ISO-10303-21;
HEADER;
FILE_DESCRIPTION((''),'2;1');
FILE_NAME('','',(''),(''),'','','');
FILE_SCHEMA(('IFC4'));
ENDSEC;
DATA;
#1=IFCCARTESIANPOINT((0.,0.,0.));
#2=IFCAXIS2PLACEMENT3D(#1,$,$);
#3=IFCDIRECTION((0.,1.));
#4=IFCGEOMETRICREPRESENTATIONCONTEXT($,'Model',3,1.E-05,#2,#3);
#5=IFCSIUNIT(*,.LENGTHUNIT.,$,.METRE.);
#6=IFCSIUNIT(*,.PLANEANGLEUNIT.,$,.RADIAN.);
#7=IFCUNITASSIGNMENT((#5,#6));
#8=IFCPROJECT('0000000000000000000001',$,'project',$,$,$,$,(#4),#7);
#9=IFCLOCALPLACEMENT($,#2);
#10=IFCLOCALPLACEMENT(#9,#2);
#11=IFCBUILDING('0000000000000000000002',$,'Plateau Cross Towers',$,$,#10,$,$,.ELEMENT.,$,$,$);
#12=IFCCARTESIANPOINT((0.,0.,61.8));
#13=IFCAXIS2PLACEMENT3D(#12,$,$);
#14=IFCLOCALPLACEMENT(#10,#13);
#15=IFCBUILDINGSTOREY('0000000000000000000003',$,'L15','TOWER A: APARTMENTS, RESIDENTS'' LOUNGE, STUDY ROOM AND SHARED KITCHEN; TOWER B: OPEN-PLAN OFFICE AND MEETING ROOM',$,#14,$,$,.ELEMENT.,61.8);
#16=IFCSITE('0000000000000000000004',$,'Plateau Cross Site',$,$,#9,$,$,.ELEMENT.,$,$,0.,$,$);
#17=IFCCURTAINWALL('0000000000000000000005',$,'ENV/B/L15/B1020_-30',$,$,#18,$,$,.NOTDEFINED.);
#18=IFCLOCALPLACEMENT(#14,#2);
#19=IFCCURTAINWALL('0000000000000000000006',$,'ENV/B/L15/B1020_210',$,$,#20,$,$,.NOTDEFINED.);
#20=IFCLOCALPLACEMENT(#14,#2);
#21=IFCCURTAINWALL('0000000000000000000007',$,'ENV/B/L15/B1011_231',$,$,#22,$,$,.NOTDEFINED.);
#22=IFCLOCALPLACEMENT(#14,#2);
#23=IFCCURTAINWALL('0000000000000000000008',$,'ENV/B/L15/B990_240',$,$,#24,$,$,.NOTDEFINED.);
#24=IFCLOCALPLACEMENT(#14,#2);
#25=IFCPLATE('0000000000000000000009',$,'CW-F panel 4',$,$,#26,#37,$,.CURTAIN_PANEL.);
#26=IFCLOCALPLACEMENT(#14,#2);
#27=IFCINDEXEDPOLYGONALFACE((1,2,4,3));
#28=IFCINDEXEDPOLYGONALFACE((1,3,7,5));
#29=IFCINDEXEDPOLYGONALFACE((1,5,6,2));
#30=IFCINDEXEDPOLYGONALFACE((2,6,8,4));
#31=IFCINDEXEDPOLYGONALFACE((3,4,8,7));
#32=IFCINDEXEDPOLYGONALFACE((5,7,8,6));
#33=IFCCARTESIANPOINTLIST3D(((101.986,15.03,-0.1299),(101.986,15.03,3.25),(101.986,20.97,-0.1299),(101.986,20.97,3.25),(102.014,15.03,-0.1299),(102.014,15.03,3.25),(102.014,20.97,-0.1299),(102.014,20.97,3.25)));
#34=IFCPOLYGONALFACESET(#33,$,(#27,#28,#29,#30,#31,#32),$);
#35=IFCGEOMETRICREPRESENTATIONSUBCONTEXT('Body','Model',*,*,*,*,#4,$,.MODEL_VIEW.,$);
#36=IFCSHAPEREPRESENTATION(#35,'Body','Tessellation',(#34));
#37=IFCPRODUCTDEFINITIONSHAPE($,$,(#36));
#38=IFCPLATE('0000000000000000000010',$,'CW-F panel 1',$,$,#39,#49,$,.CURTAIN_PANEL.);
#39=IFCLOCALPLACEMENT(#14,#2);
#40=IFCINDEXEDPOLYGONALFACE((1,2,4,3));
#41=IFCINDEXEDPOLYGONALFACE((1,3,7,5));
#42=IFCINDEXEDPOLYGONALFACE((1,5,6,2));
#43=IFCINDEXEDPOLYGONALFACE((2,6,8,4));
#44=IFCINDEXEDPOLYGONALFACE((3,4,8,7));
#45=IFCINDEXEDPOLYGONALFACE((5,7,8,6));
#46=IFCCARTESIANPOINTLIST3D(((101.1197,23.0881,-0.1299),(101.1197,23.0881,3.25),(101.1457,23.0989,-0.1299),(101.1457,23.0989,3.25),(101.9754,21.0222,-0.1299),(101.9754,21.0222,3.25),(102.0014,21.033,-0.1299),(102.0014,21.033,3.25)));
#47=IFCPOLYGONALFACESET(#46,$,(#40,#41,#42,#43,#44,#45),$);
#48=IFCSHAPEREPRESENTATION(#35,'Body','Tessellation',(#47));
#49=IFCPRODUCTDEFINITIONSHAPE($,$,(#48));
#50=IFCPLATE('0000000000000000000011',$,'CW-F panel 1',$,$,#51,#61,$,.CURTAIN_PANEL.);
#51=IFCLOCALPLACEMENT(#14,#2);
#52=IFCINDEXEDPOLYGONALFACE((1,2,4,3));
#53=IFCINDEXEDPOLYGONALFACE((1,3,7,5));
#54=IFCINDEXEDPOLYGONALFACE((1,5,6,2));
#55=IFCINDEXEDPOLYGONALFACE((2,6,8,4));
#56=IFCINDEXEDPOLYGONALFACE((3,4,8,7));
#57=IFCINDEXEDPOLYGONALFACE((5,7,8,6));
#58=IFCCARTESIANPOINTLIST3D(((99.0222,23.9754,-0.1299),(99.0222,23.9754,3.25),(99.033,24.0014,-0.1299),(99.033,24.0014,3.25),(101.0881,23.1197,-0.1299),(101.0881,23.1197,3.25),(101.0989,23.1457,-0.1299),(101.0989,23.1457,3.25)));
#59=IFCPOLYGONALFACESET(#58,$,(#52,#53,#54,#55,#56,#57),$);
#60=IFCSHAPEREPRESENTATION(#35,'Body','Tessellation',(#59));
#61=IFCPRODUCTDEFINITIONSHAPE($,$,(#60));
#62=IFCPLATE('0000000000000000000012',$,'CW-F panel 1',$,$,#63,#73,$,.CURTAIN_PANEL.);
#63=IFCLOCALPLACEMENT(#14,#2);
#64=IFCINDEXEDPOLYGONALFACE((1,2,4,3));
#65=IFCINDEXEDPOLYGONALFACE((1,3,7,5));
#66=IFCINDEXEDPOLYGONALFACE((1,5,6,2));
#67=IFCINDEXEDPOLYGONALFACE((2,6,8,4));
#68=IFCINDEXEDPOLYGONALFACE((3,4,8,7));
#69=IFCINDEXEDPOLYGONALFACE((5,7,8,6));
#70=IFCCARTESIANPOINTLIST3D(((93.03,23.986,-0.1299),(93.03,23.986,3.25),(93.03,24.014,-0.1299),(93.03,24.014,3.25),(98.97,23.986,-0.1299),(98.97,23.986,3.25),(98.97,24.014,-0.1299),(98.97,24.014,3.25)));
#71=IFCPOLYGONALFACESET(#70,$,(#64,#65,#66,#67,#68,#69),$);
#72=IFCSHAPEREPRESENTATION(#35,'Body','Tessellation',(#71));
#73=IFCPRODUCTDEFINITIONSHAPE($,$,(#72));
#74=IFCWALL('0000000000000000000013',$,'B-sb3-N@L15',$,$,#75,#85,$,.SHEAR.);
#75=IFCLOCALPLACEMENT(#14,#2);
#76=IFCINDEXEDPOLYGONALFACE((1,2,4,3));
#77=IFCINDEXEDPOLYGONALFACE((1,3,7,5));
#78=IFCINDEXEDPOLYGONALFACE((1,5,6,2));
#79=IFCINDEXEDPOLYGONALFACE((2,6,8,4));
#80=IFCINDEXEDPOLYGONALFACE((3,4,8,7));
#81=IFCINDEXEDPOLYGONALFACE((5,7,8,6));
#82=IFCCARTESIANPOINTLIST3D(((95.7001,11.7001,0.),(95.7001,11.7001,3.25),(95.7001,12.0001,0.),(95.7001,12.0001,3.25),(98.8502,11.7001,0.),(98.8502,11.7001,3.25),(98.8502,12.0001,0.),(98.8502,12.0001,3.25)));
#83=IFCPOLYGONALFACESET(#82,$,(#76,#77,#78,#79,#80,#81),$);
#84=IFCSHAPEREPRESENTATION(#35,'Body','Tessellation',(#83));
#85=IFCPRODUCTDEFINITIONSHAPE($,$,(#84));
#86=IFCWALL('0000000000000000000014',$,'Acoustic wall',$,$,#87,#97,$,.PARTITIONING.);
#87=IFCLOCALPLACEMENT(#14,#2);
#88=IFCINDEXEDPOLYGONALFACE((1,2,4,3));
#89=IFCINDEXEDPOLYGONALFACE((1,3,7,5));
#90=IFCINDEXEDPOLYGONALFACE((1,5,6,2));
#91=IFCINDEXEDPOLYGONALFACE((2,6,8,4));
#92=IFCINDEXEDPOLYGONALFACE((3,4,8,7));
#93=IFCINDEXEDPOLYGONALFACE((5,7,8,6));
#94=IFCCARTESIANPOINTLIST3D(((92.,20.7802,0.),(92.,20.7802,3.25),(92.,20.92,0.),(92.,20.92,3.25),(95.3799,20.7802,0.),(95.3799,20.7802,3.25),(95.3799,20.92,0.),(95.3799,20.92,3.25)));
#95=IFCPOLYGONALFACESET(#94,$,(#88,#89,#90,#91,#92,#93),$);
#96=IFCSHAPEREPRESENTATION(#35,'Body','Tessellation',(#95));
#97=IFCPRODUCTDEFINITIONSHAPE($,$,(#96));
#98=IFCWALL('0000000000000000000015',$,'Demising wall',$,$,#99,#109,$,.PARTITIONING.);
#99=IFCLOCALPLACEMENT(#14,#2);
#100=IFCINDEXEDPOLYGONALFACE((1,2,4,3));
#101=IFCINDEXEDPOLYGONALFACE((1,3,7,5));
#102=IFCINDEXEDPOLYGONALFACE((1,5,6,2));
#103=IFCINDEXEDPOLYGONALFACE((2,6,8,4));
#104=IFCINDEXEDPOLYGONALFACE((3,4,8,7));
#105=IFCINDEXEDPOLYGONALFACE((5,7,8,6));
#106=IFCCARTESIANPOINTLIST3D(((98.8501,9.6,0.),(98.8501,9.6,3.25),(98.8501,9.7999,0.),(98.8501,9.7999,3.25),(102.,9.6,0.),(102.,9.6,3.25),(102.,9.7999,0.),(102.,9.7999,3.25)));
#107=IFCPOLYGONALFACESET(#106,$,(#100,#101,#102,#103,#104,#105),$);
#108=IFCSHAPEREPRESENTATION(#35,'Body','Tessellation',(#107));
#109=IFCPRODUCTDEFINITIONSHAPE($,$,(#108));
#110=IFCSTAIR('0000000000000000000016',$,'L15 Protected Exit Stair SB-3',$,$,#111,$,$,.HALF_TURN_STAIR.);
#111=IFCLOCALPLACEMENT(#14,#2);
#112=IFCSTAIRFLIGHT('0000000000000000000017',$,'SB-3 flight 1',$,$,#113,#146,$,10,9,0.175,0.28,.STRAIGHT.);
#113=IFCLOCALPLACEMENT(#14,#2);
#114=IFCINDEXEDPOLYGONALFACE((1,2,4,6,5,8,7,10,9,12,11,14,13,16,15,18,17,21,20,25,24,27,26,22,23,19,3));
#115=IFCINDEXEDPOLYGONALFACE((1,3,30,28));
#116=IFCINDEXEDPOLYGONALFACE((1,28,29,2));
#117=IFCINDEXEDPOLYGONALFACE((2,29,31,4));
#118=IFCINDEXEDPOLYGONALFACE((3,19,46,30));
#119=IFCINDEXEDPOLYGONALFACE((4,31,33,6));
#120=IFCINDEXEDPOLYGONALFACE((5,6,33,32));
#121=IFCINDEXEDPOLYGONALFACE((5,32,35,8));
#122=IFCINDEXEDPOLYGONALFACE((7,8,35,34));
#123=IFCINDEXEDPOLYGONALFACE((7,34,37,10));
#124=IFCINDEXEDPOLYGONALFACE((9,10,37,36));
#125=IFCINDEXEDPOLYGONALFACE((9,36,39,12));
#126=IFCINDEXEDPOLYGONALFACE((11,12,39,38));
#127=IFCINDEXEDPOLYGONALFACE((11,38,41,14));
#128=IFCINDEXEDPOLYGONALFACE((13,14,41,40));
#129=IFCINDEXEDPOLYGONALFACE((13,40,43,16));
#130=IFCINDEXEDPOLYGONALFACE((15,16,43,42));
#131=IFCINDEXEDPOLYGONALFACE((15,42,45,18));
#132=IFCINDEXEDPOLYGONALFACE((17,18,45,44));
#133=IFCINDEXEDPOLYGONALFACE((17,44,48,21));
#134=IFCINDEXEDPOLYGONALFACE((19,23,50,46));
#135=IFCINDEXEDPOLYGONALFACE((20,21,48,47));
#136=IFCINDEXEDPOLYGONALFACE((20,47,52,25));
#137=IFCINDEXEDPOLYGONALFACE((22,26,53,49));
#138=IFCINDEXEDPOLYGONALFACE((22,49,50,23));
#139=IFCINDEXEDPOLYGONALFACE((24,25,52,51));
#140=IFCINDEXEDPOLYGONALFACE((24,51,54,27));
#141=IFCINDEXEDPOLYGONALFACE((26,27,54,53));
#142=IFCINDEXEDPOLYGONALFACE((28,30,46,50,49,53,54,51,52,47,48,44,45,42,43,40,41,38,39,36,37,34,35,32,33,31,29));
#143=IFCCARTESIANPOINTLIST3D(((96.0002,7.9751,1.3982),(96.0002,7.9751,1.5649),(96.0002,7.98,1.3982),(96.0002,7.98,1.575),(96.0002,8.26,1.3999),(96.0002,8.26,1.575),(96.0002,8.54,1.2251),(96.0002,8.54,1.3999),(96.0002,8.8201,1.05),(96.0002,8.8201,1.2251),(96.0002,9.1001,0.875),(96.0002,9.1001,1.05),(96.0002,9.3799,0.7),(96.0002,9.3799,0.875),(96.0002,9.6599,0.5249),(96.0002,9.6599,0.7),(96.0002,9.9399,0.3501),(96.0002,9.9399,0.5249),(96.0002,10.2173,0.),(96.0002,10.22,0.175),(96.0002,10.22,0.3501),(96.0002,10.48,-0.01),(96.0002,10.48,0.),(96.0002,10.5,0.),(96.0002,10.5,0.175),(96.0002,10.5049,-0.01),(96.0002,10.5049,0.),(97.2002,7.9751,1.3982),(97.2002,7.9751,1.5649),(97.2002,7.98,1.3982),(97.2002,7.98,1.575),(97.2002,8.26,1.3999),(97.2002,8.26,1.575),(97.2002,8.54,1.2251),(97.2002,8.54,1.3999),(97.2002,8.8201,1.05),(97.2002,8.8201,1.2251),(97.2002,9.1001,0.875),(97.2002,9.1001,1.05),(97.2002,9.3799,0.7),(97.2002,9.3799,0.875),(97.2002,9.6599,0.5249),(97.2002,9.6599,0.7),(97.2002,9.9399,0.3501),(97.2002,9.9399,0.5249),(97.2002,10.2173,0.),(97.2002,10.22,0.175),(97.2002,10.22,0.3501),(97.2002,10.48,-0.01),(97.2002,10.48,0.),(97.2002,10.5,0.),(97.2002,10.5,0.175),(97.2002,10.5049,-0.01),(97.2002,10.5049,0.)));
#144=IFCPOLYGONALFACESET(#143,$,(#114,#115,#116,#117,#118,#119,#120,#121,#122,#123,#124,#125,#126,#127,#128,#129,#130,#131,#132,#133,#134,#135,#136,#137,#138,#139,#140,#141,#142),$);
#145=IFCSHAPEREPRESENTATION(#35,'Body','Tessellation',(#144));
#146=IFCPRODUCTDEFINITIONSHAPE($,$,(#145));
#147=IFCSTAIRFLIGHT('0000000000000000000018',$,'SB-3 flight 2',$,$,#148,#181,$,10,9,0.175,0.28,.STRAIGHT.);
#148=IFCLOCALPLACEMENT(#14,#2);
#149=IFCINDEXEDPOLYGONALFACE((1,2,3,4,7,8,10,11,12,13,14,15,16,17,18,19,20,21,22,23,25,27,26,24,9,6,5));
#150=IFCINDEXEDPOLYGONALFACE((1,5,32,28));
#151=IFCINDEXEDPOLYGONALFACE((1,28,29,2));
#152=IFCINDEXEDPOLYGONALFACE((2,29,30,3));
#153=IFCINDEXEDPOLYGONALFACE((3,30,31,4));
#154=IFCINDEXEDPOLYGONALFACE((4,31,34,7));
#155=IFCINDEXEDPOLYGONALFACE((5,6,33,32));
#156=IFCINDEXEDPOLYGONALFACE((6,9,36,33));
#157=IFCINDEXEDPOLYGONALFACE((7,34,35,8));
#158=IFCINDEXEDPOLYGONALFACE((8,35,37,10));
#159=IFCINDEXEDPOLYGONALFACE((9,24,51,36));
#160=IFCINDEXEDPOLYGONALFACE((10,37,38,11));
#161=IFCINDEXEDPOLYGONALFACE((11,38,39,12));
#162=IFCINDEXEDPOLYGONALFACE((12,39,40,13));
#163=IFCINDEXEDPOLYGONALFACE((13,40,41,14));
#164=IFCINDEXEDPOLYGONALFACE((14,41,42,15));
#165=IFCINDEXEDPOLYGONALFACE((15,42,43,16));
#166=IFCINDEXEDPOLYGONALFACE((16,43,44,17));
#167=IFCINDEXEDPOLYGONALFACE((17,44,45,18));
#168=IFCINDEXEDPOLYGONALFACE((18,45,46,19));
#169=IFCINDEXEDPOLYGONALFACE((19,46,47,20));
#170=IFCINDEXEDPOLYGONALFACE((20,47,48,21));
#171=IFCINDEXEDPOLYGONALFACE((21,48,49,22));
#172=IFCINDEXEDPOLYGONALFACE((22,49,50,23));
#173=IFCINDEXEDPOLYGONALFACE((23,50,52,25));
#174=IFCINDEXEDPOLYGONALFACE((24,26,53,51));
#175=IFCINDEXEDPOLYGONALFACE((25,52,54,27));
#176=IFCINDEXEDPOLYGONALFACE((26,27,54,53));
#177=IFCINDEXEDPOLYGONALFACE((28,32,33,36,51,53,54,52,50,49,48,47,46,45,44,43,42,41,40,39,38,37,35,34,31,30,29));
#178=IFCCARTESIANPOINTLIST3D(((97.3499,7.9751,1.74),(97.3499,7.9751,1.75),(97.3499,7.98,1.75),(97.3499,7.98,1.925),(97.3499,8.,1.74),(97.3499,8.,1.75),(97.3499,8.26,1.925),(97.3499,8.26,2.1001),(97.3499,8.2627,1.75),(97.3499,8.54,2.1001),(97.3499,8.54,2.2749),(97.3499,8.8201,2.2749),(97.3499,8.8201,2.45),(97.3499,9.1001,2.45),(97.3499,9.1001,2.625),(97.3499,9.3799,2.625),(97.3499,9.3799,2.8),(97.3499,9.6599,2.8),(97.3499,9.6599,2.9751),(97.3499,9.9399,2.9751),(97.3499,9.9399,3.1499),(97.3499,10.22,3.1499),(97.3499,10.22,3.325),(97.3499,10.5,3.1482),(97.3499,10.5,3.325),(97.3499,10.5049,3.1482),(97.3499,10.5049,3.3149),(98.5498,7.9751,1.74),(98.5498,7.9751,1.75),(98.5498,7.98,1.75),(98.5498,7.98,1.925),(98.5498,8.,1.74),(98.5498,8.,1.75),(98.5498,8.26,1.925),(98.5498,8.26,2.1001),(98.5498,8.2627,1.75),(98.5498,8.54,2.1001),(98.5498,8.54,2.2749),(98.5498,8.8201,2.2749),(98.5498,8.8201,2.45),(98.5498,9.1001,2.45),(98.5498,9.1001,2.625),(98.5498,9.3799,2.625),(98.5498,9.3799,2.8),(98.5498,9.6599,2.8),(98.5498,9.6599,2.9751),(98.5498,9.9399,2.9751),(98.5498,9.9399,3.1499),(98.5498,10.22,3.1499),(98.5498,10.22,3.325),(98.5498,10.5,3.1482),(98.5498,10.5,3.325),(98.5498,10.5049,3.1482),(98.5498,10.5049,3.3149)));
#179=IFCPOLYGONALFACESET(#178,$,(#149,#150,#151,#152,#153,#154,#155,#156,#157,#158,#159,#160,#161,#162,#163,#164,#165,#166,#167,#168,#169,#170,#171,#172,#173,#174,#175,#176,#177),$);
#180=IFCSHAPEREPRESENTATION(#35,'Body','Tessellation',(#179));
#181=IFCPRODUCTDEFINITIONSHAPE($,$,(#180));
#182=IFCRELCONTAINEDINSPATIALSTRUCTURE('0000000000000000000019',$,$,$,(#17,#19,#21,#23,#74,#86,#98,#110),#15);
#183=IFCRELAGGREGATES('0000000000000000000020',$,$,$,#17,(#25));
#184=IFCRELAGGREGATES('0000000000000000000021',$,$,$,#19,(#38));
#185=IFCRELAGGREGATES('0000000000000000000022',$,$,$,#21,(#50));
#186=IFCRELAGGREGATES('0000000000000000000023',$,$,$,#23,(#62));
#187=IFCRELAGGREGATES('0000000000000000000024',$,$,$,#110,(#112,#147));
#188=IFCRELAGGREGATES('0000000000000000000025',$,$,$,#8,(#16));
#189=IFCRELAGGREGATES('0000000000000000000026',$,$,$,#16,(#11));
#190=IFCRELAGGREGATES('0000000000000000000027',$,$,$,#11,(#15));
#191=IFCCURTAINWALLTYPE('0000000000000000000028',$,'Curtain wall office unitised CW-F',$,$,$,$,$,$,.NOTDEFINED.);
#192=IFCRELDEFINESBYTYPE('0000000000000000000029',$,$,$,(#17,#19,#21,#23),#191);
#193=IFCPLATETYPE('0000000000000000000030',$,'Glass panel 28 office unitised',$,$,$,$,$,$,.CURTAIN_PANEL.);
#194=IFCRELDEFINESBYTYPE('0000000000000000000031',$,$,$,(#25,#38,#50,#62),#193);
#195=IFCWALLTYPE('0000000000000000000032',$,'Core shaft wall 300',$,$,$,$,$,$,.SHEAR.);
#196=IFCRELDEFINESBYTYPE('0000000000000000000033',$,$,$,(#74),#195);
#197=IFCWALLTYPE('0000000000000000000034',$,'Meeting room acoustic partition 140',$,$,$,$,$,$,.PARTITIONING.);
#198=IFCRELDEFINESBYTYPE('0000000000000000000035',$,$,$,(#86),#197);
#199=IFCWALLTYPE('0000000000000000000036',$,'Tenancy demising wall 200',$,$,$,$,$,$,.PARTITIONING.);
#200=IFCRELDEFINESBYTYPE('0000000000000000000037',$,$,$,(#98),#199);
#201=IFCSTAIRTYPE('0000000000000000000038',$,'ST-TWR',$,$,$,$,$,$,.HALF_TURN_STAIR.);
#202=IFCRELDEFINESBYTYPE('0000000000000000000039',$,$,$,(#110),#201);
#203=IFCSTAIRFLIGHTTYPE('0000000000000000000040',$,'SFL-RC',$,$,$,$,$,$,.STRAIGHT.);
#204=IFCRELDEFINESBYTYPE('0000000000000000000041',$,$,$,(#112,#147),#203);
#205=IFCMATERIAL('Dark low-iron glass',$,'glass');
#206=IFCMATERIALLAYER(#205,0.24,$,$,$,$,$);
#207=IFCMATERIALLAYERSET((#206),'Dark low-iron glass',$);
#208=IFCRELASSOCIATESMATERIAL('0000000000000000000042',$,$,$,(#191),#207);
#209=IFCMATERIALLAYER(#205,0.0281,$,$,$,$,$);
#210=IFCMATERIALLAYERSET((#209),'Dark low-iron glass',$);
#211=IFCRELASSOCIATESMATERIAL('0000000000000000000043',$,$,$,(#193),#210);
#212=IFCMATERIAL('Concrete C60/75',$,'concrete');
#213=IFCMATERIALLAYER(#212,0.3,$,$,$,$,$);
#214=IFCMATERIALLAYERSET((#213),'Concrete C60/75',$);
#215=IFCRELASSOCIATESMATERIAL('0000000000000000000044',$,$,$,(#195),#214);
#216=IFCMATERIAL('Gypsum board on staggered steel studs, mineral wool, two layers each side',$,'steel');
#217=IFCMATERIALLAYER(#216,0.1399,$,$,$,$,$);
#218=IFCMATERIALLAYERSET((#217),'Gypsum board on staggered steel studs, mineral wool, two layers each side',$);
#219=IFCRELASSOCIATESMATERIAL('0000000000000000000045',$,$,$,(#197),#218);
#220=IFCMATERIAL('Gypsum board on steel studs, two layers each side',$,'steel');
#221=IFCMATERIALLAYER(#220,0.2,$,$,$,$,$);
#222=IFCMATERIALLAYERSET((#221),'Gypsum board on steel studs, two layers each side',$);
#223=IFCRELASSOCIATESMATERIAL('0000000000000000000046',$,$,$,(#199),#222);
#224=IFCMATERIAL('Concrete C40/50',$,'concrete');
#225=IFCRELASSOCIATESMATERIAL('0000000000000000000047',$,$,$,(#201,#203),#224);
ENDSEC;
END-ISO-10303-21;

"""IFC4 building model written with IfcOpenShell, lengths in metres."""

from ifc_helpers import new_model, si_unit, direction, frame, frame_2d, origin, origin_2d, place, context, subcontext, project, spatial, polyline, rectangle, outline, extrude, material, layer, layer_set, type_object, element, aggregate, save


model = new_model("IFC4")

# Units and contexts
model_context = context("Model", 3, precision=1e-05, world=origin(), true_north=direction((0.0, 1.0)))
body_context = subcontext(model_context, "Body", "Model", "MODEL_VIEW")
ifc_project = project(units=[si_unit("LENGTHUNIT", "METRE"), si_unit("PLANEANGLEUNIT", "RADIAN")], contexts=[model_context])

# Site, building, storey
site_placement = place(None, origin())
site = spatial("IfcSite", under=ifc_project, at=site_placement, Name="Plateau Cross Site", CompositionType="ELEMENT", RefElevation=0.0)
building_placement = place(site_placement, origin())
building = spatial("IfcBuilding", under=site, at=building_placement, Name="Plateau Cross Towers", CompositionType="ELEMENT")
storey_placement = place(building_placement, frame((0.0, 0.0, 61.8)))
storey = spatial("IfcBuildingStorey", under=building, at=storey_placement, Name="L15", Description="TOWER A: APARTMENTS, RESIDENTS' LOUNGE, STUDY ROOM AND SHARED KITCHEN; TOWER B: OPEN-PLAN OFFICE AND MEETING ROOM", CompositionType="ELEMENT", Elevation=61.8)

# Shared definitions
ifc_material_1 = material(Name="Concrete C60/75", Category="concrete")

# Curtain wall
ifc_material_2 = material(Name="Dark low-iron glass", Category="glass")
ifc_layer_1 = layer(ifc_material_2, 0.24)
ifc_layer_set_1 = layer_set([ifc_layer_1], Name="Dark low-iron glass")
curtain_wall_type = type_object("IfcCurtainWallType", Name="Curtain wall office unitised CW-F", PredefinedType="NOTDEFINED", material=ifc_layer_set_1)
curtain_wall_1_placement = place(storey_placement, origin())
curtain_wall_1 = element("IfcCurtainWall", 1, at=curtain_wall_1_placement, inside=storey, type_object=curtain_wall_type, Name="ENV/B/L15/B1020_-30", PredefinedType="NOTDEFINED")

# Curtain walls
curtain_wall_2_placement = place(storey_placement, origin())
curtain_wall_2 = element("IfcCurtainWall", 2, at=curtain_wall_2_placement, inside=storey, type_object=curtain_wall_type, Name="ENV/B/L15/B1020_210", PredefinedType="NOTDEFINED")
curtain_wall_3_placement = place(storey_placement, origin())
curtain_wall_3 = element("IfcCurtainWall", 3, at=curtain_wall_3_placement, inside=storey, type_object=curtain_wall_type, Name="ENV/B/L15/B1011_231", PredefinedType="NOTDEFINED")

# Curtain wall
curtain_wall_4_placement = place(storey_placement, origin())
curtain_wall_4 = element("IfcCurtainWall", 4, at=curtain_wall_4_placement, inside=storey, type_object=curtain_wall_type, Name="ENV/B/L15/B990_240", PredefinedType="NOTDEFINED")

# Plates
ifc_layer_2 = layer(ifc_material_2, 0.0281)
ifc_layer_set_2 = layer_set([ifc_layer_2], Name="Dark low-iron glass")
plate_type = type_object("IfcPlateType", Name="Glass panel 28 office unitised", PredefinedType="CURTAIN_PANEL", material=ifc_layer_set_2)
plate_1_placement = place(storey_placement, frame((102.0, 18.0, -0.1299), z_axis=(0.0, 0.0, 1.0), x_axis=(0.0, 1.0, 0.0)))
plate_1 = element("IfcPlate", 5, at=plate_1_placement, type_object=plate_type, Name="CW-F panel 4", PredefinedType="CURTAIN_PANEL", context=body_context, shape_type="SweptSolid", body=[
    extrude(rectangle(XDim=5.9399, YDim=0.0281, at=origin_2d()), origin(), (0.0, 0.0, 1.0), 3.3799),
])
aggregate(curtain_wall_1, [plate_1])
plate_2_placement = place(storey_placement, frame((101.5605, 22.0605, -0.1299), z_axis=(0.0, 0.0, 1.0), x_axis=(-0.382684, 0.923879, 0.0)))
plate_2 = element("IfcPlate", 6, at=plate_2_placement, type_object=plate_type, Name="CW-F panel 1", PredefinedType="CURTAIN_PANEL", context=body_context, shape_type="SweptSolid", body=[
    extrude(rectangle(XDim=2.2361, YDim=0.0281, at=origin_2d()), origin(), (0.0, 0.0, 1.0), 3.3799),
])
aggregate(curtain_wall_2, [plate_2])
plate_3_placement = place(storey_placement, frame((100.0605, 23.5605, -0.1299), z_axis=(0.0, 0.0, 1.0), x_axis=(-0.923879, 0.382684, 0.0)))
plate_3 = element("IfcPlate", 7, at=plate_3_placement, type_object=plate_type, Name="CW-F panel 1", PredefinedType="CURTAIN_PANEL", context=body_context, shape_type="SweptSolid", body=[
    extrude(rectangle(XDim=2.2361, YDim=0.0281, at=origin_2d()), origin(), (0.0, 0.0, 1.0), 3.3799),
])
aggregate(curtain_wall_3, [plate_3])
plate_4_placement = place(storey_placement, frame((96.0, 24.0, -0.1299), z_axis=(0.0, 0.0, 1.0), x_axis=(-1.0, 0.0, 0.0)))
plate_4 = element("IfcPlate", 8, at=plate_4_placement, type_object=plate_type, Name="CW-F panel 1", PredefinedType="CURTAIN_PANEL", context=body_context, shape_type="SweptSolid", body=[
    extrude(rectangle(XDim=5.9399, YDim=0.0281, at=origin_2d()), origin(), (0.0, 0.0, 1.0), 3.3799),
])
aggregate(curtain_wall_4, [plate_4])

# Wall
ifc_layer_3 = layer(ifc_material_1, 0.3)
ifc_layer_set_3 = layer_set([ifc_layer_3], Name="Concrete C60/75")
wall_type_1 = type_object("IfcWallType", Name="Core shaft wall 300", PredefinedType="SHEAR", material=ifc_layer_set_3)
wall_1_placement = place(storey_placement, frame((95.7, 11.8501, 0.0), z_axis=(0.0, 0.0, 1.0), x_axis=(1.0, 0.0, 0.0)))
element("IfcWall", 9, at=wall_1_placement, inside=storey, type_object=wall_type_1, Name="B-sb3-N@L15", PredefinedType="SHEAR", context=body_context, shape_type="SweptSolid", body=[
    extrude(rectangle(XDim=3.1501, YDim=0.3, at=frame_2d((1.5752, 0.0))), origin(), (0.0, 0.0, 1.0), 3.25),
])

# Shared definitions
ifc_material_3 = material(Name="Gypsum board on staggered steel studs, mineral wool, two layers each side", Category="steel")
ifc_layer_4 = layer(ifc_material_3, 0.1399)
ifc_layer_set_4 = layer_set([ifc_layer_4], Name="Gypsum board on staggered steel studs, mineral wool, two layers each side")
wall_type_2 = type_object("IfcWallType", Name="Meeting room acoustic partition 140", PredefinedType="PARTITIONING", material=ifc_layer_set_4)

# Wall
wall_2_placement = place(storey_placement, frame((92.0, 20.8501, 0.0), z_axis=(0.0, 0.0, 1.0), x_axis=(1.0, 0.0, 0.0)))
element("IfcWall", 10, at=wall_2_placement, inside=storey, type_object=wall_type_2, Name="Acoustic wall", PredefinedType="PARTITIONING", context=body_context, shape_type="SweptSolid", body=[
    extrude(rectangle(XDim=3.3799, YDim=0.1399, at=frame_2d((1.6899, 0.0))), origin(), (0.0, 0.0, 1.0), 3.25),
])

# Wall
ifc_material_4 = material(Name="Gypsum board on steel studs, two layers each side", Category="steel")
ifc_layer_5 = layer(ifc_material_4, 0.2)
ifc_layer_set_5 = layer_set([ifc_layer_5], Name="Gypsum board on steel studs, two layers each side")
wall_type_3 = type_object("IfcWallType", Name="Tenancy demising wall 200", PredefinedType="PARTITIONING", material=ifc_layer_set_5)
wall_3_placement = place(storey_placement, frame((98.8501, 9.7, 0.0), z_axis=(0.0, 0.0, 1.0), x_axis=(1.0, 0.0, 0.0)))
element("IfcWall", 11, at=wall_3_placement, inside=storey, type_object=wall_type_3, Name="Demising wall", PredefinedType="PARTITIONING", context=body_context, shape_type="SweptSolid", body=[
    extrude(rectangle(XDim=3.1499, YDim=0.2, at=frame_2d((1.575, 0.0))), origin(), (0.0, 0.0, 1.0), 3.25),
])

# Stair, stair flights
ifc_material_5 = material(Name="Concrete C40/50", Category="concrete")
stair_type = type_object("IfcStairType", Name="ST-TWR", PredefinedType="HALF_TURN_STAIR", material=ifc_material_5)
stair_placement = place(storey_placement, origin())
stair = element("IfcStair", 12, at=stair_placement, inside=storey, type_object=stair_type, Name="L15 Protected Exit Stair SB-3", PredefinedType="HALF_TURN_STAIR")
stair_flight_type = type_object("IfcStairFlightType", Name="SFL-RC", PredefinedType="STRAIGHT", material=ifc_material_5)
stair_flight_1_placement = place(storey_placement, frame((96.6001, 10.5, 0.0), z_axis=(0.0, 0.0, 1.0), x_axis=(0.0, -1.0, 0.0)))
stair_flight_1 = element("IfcStairFlight", 13, at=stair_flight_1_placement, type_object=stair_flight_type, Name="SB-3 flight 1", NumberOfRisers=10, NumberOfTreads=9, PredefinedType="STRAIGHT", RiserHeight=0.175, TreadLength=0.28, context=body_context, shape_type="SweptSolid", body=[
    extrude(outline(polyline([(-0.0049, -0.01), (-0.0049, 0.0), (0.0, 0.0), (0.0, 0.175), (0.28, 0.175), (0.28, 0.3501), (0.5601, 0.3501), (0.5601, 0.5249), (0.8401, 0.5249), (0.8401, 0.7), (1.1201, 0.7), (1.1201, 0.875), (1.3999, 0.875), (1.3999, 1.05), (1.6799, 1.05), (1.6799, 1.2251), (1.96, 1.2251), (1.96, 1.3999), (2.24, 1.3999), (2.24, 1.575), (2.52, 1.575), (2.5249, 1.5649), (2.5249, 1.3982), (2.52, 1.3982), (0.2827, 0.0), (0.02, 0.0), (0.02, -0.01), (-0.0049, -0.01)])), frame((0.0, 0.6001, 0.0), z_axis=(0.0, -1.0, 0.0), x_axis=(1.0, 0.0, 0.0)), (0.0, 0.0, 1.0), 1.2),
])
stair_flight_2_placement = place(storey_placement, frame((97.95, 7.98, 1.75), z_axis=(0.0, 0.0, 1.0), x_axis=(0.0, 1.0, 0.0)))
stair_flight_2 = element("IfcStairFlight", 14, at=stair_flight_2_placement, type_object=stair_flight_type, Name="SB-3 flight 2", NumberOfRisers=10, NumberOfTreads=9, PredefinedType="STRAIGHT", RiserHeight=0.175, TreadLength=0.28, context=body_context, shape_type="SweptSolid", body=[
    extrude(outline(polyline([(-0.0049, -0.01), (-0.0049, 0.0), (0.0, 0.0), (0.0, 0.175), (0.28, 0.175), (0.28, 0.3501), (0.5601, 0.3501), (0.5601, 0.5249), (0.8401, 0.5249), (0.8401, 0.7), (1.1201, 0.7), (1.1201, 0.875), (1.3999, 0.875), (1.3999, 1.05), (1.6799, 1.05), (1.6799, 1.2251), (1.96, 1.2251), (1.96, 1.3999), (2.24, 1.3999), (2.24, 1.575), (2.52, 1.575), (2.5249, 1.5649), (2.5249, 1.3982), (2.52, 1.3982), (0.2827, 0.0), (0.02, 0.0), (0.02, -0.01), (-0.0049, -0.01)])), frame((0.0, 0.6001, 0.0), z_axis=(0.0, -1.0, 0.0), x_axis=(1.0, 0.0, 0.0)), (0.0, 0.0, 1.0), 1.2),
])
aggregate(stair, [stair_flight_1, stair_flight_2])

save(model, "model.ifc")
